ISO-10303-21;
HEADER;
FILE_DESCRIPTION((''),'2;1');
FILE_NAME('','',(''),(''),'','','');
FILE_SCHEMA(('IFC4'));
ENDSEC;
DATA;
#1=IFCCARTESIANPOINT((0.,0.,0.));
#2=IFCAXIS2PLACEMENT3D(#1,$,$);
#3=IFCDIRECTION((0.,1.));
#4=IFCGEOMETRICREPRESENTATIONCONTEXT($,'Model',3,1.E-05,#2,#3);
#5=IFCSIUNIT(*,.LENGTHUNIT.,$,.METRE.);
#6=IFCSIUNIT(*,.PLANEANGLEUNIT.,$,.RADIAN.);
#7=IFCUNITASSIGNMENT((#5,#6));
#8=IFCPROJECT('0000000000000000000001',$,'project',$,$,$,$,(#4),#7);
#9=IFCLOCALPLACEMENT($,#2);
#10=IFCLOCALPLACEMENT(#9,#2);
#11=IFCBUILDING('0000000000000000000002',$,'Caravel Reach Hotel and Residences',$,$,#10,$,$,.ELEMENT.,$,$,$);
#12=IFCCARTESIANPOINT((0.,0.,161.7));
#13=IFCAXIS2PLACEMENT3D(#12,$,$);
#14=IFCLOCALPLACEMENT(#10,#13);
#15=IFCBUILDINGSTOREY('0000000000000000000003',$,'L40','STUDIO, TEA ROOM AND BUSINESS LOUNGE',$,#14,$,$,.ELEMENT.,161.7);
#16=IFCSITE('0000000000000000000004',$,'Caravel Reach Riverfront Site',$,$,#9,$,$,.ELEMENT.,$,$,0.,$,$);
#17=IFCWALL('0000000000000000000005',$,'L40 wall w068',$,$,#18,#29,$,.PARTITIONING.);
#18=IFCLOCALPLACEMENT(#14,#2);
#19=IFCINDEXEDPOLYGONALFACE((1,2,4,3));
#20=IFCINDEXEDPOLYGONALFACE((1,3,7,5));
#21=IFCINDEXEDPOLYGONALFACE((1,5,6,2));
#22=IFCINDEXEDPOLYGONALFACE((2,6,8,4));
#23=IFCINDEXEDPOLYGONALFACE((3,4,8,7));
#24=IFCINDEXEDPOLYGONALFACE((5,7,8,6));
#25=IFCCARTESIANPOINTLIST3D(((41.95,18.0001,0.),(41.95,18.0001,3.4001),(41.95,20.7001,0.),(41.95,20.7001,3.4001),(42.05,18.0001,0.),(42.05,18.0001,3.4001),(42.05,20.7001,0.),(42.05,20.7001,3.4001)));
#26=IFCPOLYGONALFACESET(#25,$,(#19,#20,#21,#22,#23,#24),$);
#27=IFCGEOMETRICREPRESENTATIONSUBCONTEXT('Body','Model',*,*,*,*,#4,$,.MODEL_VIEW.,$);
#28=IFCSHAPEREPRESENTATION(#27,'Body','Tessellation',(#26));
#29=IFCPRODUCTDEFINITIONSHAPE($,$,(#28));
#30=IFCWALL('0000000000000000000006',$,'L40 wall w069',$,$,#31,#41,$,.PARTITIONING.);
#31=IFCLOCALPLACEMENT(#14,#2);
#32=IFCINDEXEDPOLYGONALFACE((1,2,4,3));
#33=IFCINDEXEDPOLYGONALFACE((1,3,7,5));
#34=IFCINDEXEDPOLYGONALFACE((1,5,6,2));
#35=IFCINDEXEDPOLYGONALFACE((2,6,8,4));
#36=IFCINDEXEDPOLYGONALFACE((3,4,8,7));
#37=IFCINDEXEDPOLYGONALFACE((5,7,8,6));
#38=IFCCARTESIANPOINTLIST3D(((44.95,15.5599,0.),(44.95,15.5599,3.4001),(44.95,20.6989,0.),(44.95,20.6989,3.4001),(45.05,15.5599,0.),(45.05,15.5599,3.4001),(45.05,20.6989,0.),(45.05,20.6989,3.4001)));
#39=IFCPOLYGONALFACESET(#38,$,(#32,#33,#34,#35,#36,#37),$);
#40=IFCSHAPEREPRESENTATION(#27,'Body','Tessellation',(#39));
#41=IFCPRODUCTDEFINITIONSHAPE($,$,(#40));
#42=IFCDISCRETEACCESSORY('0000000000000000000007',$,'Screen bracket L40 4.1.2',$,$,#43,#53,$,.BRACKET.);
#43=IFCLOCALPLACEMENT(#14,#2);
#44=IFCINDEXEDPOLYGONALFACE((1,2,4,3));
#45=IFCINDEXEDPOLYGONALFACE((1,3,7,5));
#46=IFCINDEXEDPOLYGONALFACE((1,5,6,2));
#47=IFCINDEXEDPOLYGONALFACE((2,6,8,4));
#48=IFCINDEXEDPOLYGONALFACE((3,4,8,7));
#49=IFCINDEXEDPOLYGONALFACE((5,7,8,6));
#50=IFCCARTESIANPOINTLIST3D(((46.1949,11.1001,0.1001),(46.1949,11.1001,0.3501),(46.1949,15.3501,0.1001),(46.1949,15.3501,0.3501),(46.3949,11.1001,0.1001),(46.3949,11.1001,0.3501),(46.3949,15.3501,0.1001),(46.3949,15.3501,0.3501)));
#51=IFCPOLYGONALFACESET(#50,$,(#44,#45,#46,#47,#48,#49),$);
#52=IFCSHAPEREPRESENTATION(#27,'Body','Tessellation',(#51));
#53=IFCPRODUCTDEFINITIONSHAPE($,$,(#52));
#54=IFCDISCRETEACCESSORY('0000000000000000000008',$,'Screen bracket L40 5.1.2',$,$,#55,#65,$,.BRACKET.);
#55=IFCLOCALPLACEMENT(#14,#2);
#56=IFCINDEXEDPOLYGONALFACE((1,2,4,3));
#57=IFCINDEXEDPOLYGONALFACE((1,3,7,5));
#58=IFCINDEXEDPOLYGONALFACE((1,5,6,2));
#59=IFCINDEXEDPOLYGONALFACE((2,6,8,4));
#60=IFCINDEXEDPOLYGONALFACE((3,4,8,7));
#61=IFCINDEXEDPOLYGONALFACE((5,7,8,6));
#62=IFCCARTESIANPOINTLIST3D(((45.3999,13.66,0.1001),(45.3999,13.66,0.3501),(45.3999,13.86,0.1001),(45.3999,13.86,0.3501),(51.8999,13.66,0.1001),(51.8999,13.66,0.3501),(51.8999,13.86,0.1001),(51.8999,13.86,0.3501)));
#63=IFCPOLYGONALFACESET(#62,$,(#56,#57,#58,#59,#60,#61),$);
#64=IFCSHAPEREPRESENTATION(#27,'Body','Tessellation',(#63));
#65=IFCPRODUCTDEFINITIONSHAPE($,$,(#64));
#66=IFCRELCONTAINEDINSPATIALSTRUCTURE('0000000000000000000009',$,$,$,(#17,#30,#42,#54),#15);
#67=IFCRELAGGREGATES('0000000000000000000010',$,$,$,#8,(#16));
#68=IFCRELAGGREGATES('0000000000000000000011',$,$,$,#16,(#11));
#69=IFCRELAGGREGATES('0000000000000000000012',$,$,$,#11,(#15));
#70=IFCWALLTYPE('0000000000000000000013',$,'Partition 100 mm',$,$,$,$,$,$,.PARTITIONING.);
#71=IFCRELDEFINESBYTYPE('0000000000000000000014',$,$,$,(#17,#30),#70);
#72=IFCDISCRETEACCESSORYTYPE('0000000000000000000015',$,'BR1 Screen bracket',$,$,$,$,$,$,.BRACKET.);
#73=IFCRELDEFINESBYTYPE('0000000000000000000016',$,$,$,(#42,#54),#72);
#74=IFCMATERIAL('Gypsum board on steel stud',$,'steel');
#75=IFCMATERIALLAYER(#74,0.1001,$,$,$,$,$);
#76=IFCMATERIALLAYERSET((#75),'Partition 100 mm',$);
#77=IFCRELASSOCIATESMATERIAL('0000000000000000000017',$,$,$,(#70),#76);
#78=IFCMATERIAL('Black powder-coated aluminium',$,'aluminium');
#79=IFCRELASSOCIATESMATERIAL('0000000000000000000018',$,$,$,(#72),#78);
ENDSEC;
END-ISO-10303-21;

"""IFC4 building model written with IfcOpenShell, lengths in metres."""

from ifc_helpers import new_model, si_unit, direction, frame, frame_2d, origin, origin_2d, place, context, subcontext, project, spatial, rectangle, extrude, material, layer, layer_set, type_object, element, save


model = new_model("IFC4")

# Units and contexts
model_context = context("Model", 3, precision=1e-05, world=origin(), true_north=direction((0.0, 1.0)))
body_context = subcontext(model_context, "Body", "Model", "MODEL_VIEW")
ifc_project = project(units=[si_unit("LENGTHUNIT", "METRE"), si_unit("PLANEANGLEUNIT", "RADIAN")], contexts=[model_context])

# Site, building, storey
site_placement = place(None, origin())
site = spatial("IfcSite", under=ifc_project, at=site_placement, Name="Caravel Reach Riverfront Site", CompositionType="ELEMENT", RefElevation=0.0)
building_placement = place(site_placement, origin())
building = spatial("IfcBuilding", under=site, at=building_placement, Name="Caravel Reach Hotel and Residences", CompositionType="ELEMENT")
storey_placement = place(building_placement, frame((0.0, 0.0, 161.7)))
storey = spatial("IfcBuildingStorey", under=building, at=storey_placement, Name="L40", Description="STUDIO, TEA ROOM AND BUSINESS LOUNGE", CompositionType="ELEMENT", Elevation=161.7)

# Shared definitions
ifc_material_1 = material(Name="Gypsum board on steel stud", Category="steel")
ifc_layer_1 = layer(ifc_material_1, 0.1001)
ifc_layer_set_1 = layer_set([ifc_layer_1], Name="Partition 100 mm")
wall_type_1 = type_object("IfcWallType", Name="Partition 100 mm", PredefinedType="PARTITIONING", material=ifc_layer_set_1)

# Walls
wall_1_placement = place(storey_placement, frame((42.0, 18.0, 0.0), z_axis=(0.0, 0.0, 1.0), x_axis=(0.0, 1.0, 0.0)))
element("IfcWall", 1, at=wall_1_placement, inside=storey, type_object=wall_type_1, Name="L40 wall w068", PredefinedType="PARTITIONING", context=body_context, shape_type="SweptSolid", body=[
    extrude(rectangle(XDim=2.7, YDim=0.1001, at=frame_2d((1.3501, 0.0))), origin(), (0.0, 0.0, 1.0), 3.4001),
])
wall_2_placement = place(storey_placement, frame((45.0, 15.5601, 0.0), z_axis=(0.0, 0.0, 1.0), x_axis=(0.0, 1.0, 0.0)))
element("IfcWall", 2, at=wall_2_placement, inside=storey, type_object=wall_type_1, Name="L40 wall w069", PredefinedType="PARTITIONING", context=body_context, shape_type="SweptSolid", body=[
    extrude(rectangle(XDim=5.1389, YDim=0.1001, at=frame_2d((2.5693, 0.0))), origin(), (0.0, 0.0, 1.0), 3.4001),
])

# Discrete accessories
ifc_material_2 = material(Name="Black powder-coated aluminium", Category="aluminium")
discrete_accessory_type = type_object("IfcDiscreteAccessoryType", Name="BR1 Screen bracket", PredefinedType="BRACKET", material=ifc_material_2)
discrete_accessory_1_placement = place(storey_placement, frame((46.2949, 13.2251, 0.1001), z_axis=(0.0, 0.0, 1.0), x_axis=(0.0, -1.0, 0.0)))
element("IfcDiscreteAccessory", 3, at=discrete_accessory_1_placement, inside=storey, type_object=discrete_accessory_type, Name="Screen bracket L40 4.1.2", PredefinedType="BRACKET", context=body_context, shape_type="SweptSolid", body=[
    extrude(rectangle(XDim=4.25, YDim=0.2, at=origin_2d()), origin(), (0.0, 0.0, 1.0), 0.25),
])
discrete_accessory_2_placement = place(storey_placement, frame((48.6499, 13.76, 0.1001), z_axis=(0.0, 0.0, 1.0), x_axis=(1.0, 0.0, 0.0)))
element("IfcDiscreteAccessory", 4, at=discrete_accessory_2_placement, inside=storey, type_object=discrete_accessory_type, Name="Screen bracket L40 5.1.2", PredefinedType="BRACKET", context=body_context, shape_type="SweptSolid", body=[
    extrude(rectangle(XDim=6.5, YDim=0.2, at=origin_2d()), origin(), (0.0, 0.0, 1.0), 0.25),
])

save(model, "model.ifc")
